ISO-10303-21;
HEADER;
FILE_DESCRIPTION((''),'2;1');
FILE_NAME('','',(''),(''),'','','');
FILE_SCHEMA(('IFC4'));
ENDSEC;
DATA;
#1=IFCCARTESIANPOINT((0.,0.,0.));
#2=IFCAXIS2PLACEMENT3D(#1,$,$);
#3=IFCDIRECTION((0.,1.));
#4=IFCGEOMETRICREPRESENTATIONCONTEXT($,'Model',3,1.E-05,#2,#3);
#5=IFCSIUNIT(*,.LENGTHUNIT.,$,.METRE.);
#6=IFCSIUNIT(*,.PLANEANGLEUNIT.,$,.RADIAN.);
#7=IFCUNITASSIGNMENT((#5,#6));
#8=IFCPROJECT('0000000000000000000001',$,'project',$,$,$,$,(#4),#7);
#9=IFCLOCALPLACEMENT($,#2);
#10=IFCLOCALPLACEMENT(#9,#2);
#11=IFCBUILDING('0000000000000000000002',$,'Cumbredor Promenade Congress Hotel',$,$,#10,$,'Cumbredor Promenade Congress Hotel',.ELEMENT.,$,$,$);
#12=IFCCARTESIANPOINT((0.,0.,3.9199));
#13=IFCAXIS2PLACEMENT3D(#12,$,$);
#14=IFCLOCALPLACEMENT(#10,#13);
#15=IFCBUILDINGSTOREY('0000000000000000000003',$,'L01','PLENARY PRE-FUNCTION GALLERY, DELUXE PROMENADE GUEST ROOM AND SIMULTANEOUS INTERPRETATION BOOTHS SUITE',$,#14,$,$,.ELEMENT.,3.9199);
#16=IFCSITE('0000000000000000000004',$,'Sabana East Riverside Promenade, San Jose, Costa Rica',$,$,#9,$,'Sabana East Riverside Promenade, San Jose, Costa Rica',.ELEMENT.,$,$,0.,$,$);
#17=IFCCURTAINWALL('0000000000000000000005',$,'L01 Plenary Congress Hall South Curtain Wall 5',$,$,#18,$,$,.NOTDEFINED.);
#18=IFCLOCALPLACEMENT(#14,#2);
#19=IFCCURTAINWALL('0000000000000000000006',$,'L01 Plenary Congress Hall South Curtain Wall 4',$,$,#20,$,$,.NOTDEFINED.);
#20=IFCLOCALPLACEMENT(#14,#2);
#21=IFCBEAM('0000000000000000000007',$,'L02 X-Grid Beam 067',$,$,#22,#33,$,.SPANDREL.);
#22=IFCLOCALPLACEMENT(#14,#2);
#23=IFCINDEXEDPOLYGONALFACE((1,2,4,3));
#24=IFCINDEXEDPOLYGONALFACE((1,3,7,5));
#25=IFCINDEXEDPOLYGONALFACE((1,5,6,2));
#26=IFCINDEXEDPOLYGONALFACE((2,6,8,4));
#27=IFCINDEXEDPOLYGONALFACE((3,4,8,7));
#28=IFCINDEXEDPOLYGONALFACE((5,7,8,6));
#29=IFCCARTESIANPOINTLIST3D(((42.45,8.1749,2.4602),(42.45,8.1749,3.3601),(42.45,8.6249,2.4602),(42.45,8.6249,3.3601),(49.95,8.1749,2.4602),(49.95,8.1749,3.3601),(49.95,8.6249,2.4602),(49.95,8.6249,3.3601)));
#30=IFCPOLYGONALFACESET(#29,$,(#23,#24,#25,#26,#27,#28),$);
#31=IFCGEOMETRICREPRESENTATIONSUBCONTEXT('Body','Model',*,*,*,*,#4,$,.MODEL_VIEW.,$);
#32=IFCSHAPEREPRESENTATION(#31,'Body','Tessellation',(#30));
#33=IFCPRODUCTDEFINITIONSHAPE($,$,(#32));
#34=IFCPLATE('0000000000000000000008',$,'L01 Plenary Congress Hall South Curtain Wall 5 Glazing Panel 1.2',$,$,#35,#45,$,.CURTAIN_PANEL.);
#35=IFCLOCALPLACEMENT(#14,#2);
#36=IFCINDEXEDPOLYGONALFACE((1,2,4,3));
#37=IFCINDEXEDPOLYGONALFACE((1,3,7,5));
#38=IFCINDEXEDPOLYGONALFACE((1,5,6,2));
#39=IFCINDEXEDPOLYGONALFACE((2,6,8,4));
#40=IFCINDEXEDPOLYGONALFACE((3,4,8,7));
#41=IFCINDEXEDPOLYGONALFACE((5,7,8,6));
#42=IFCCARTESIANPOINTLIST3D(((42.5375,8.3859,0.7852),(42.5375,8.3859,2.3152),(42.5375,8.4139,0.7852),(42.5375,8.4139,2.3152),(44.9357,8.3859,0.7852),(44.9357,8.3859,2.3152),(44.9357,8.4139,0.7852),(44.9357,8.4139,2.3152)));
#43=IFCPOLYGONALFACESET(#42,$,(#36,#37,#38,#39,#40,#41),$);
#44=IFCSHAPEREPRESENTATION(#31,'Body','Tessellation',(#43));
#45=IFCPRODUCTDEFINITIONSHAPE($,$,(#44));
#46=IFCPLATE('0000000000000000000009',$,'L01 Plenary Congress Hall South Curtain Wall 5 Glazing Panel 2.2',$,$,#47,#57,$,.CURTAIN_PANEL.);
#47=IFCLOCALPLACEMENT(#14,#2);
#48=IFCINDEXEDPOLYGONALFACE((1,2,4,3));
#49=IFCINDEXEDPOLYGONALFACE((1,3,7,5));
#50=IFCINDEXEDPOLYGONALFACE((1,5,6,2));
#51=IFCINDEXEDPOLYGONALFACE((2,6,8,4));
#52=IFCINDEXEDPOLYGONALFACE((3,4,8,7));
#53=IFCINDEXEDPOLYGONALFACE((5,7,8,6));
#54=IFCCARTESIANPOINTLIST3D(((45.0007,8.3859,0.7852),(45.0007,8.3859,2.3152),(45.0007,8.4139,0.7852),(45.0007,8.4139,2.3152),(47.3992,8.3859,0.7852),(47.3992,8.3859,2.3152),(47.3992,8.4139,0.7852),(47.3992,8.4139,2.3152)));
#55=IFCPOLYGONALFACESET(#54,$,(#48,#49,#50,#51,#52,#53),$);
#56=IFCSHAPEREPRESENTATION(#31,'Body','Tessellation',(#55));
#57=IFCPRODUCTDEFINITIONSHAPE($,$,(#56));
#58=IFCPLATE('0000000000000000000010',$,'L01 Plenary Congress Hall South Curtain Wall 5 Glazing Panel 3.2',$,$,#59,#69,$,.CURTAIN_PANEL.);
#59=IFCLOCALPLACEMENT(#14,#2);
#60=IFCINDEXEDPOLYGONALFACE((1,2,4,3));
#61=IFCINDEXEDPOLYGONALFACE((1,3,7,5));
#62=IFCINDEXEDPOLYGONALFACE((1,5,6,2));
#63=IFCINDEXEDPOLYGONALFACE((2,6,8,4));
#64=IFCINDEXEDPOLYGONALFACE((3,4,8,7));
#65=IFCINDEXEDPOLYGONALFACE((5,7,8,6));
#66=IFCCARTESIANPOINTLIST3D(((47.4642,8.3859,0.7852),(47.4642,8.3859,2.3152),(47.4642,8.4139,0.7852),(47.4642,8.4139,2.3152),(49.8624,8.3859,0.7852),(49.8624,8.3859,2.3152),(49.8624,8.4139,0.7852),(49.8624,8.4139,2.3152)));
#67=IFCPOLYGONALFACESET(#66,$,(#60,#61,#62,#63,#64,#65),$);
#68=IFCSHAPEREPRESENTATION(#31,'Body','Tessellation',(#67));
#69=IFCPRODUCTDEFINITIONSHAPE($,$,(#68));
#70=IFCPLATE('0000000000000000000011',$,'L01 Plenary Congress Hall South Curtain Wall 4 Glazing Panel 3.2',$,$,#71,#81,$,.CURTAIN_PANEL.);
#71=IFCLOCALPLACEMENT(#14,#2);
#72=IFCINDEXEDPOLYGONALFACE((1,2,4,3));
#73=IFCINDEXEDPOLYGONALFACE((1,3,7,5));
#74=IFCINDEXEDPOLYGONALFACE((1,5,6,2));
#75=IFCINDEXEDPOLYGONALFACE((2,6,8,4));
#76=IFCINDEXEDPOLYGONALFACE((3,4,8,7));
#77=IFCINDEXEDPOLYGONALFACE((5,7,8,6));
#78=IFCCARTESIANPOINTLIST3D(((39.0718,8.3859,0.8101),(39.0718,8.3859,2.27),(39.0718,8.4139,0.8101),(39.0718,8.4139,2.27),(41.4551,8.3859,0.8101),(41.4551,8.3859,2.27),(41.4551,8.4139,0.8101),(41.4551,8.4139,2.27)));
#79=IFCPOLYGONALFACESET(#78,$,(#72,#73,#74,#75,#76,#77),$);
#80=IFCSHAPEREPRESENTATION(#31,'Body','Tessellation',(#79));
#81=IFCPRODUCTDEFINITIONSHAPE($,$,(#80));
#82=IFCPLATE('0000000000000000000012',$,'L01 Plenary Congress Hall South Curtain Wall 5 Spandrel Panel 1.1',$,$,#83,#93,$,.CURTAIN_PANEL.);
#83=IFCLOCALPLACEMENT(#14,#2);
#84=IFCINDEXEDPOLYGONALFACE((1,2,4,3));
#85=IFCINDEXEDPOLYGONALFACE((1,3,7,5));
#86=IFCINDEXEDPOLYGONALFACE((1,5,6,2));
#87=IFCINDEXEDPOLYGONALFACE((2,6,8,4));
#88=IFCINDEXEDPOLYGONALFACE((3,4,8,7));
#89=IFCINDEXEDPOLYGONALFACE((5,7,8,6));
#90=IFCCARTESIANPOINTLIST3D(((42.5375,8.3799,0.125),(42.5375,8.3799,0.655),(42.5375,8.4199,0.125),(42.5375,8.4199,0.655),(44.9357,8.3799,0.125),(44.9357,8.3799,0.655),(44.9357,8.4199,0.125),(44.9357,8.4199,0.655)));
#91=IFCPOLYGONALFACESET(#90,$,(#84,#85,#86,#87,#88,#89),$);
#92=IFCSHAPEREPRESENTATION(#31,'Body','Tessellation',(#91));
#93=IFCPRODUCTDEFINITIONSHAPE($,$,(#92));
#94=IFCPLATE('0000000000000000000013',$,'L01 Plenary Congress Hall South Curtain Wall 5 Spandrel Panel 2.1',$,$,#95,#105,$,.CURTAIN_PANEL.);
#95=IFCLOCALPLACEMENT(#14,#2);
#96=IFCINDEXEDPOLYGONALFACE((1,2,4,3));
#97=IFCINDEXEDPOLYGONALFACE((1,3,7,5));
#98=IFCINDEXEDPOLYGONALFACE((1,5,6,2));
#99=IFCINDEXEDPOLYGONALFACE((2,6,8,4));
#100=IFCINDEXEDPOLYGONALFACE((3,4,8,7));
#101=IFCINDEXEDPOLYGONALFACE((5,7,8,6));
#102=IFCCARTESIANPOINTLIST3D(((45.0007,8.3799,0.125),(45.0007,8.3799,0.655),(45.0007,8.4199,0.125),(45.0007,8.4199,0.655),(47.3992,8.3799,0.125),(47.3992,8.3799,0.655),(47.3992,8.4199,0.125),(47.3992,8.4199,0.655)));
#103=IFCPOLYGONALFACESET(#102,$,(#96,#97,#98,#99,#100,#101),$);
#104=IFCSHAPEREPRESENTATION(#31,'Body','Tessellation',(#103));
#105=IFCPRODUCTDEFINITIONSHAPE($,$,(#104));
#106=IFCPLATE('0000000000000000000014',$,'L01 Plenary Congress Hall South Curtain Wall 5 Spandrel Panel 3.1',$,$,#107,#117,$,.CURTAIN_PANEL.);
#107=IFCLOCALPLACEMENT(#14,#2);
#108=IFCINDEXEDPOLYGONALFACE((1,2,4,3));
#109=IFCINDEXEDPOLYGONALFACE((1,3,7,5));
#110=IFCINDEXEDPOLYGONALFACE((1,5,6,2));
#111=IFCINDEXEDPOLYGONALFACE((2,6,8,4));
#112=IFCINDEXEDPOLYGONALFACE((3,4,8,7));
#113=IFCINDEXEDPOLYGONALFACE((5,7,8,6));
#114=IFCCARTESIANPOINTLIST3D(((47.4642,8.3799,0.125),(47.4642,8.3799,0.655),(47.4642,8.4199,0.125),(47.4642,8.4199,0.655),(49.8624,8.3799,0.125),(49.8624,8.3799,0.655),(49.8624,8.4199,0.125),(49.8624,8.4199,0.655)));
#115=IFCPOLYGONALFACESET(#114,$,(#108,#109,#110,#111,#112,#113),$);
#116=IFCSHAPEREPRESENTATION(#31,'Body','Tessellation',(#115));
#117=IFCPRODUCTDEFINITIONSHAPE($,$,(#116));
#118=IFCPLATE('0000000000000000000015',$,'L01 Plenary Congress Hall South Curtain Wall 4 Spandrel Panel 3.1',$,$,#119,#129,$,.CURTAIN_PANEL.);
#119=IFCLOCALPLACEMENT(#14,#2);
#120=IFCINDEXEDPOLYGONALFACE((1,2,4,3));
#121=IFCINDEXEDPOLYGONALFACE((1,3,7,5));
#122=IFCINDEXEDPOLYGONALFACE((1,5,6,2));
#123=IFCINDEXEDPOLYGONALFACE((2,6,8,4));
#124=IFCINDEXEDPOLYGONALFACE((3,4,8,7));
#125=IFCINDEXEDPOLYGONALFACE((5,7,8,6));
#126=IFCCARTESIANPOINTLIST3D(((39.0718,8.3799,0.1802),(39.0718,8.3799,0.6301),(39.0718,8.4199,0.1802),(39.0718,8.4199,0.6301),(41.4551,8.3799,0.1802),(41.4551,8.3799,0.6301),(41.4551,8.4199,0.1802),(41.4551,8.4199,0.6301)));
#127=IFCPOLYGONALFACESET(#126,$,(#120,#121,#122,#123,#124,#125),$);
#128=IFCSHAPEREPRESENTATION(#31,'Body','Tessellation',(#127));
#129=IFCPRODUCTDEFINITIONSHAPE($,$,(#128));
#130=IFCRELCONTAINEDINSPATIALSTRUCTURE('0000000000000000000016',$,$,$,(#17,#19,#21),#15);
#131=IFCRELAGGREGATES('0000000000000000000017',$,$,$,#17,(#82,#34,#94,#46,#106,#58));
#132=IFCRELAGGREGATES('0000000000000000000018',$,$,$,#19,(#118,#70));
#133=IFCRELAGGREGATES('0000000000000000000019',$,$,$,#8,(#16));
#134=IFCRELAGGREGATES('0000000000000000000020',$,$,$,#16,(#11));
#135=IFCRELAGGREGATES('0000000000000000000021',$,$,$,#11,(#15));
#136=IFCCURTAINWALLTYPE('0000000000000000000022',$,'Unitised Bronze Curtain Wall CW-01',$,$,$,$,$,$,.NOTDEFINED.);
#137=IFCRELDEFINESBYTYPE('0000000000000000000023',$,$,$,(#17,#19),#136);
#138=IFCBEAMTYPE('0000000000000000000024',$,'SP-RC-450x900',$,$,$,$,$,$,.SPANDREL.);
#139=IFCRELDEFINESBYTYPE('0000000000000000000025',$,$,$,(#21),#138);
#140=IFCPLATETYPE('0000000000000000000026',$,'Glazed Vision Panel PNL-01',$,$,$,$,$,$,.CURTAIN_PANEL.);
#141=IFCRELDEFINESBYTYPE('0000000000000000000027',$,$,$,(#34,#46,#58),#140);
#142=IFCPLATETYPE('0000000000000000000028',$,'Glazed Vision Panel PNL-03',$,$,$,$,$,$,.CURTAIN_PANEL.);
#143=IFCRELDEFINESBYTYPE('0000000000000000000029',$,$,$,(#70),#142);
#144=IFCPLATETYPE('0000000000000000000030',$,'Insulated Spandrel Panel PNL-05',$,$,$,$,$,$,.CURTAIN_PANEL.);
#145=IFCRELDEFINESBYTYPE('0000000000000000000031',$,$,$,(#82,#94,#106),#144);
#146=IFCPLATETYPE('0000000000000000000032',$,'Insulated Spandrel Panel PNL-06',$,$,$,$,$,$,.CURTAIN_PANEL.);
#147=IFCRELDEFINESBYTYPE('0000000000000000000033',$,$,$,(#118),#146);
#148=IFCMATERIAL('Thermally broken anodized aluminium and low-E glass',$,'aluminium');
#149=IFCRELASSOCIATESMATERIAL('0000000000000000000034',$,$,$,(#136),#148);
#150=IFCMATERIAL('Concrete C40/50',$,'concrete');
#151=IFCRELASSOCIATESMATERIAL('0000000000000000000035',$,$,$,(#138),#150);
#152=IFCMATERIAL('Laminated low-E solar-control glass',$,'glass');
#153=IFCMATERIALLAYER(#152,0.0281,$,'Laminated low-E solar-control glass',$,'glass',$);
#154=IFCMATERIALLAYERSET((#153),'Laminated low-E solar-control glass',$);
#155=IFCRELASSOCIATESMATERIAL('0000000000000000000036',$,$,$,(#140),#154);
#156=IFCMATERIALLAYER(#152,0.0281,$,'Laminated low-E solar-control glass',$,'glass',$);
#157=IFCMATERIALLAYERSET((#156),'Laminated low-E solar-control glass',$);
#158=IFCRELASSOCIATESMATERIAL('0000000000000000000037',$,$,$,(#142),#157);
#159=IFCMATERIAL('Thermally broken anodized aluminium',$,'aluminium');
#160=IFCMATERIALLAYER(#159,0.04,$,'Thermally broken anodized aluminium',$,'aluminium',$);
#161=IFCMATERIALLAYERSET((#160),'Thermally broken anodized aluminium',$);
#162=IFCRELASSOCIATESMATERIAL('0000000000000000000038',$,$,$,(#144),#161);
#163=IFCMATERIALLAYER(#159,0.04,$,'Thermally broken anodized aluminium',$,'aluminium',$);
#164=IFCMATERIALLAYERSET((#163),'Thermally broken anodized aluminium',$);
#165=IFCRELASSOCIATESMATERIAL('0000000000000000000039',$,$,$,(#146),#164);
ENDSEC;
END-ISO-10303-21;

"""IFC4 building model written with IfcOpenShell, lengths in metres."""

from ifc_helpers import new_model, si_unit, direction, frame, origin, origin_2d, place, context, subcontext, project, spatial, rectangle, extrude, material, layer, layer_set, material_profile, profile_set, type_object, element, aggregate, save


model = new_model("IFC4")

# Units and contexts
model_context = context("Model", 3, precision=1e-05, world=origin(), true_north=direction((0.0, 1.0)))
body_context = subcontext(model_context, "Body", "Model", "MODEL_VIEW")
ifc_project = project(units=[si_unit("LENGTHUNIT", "METRE"), si_unit("PLANEANGLEUNIT", "RADIAN")], contexts=[model_context])

# Site, building, storey
site_placement = place(None, origin())
site = spatial("IfcSite", under=ifc_project, at=site_placement, Name="Sabana East Riverside Promenade, San Jose, Costa Rica", LongName="Sabana East Riverside Promenade, San Jose, Costa Rica", CompositionType="ELEMENT", RefElevation=0.0)
building_placement = place(site_placement, origin())
building = spatial("IfcBuilding", under=site, at=building_placement, Name="Cumbredor Promenade Congress Hotel", LongName="Cumbredor Promenade Congress Hotel", CompositionType="ELEMENT")
storey_placement = place(building_placement, frame((0.0, 0.0, 3.9199)))
storey = spatial("IfcBuildingStorey", under=building, at=storey_placement, Name="L01", Description="PLENARY PRE-FUNCTION GALLERY, DELUXE PROMENADE GUEST ROOM AND SIMULTANEOUS INTERPRETATION BOOTHS SUITE", CompositionType="ELEMENT", Elevation=3.9199)

# Curtain wall
ifc_material_1 = material(Name="Thermally broken anodized aluminium and low-E glass", Category="aluminium")
curtain_wall_type = type_object("IfcCurtainWallType", Name="Unitised Bronze Curtain Wall CW-01", PredefinedType="NOTDEFINED", material=ifc_material_1)
curtain_wall_1_placement = place(storey_placement, origin())
curtain_wall_1 = element("IfcCurtainWall", 1, at=curtain_wall_1_placement, inside=storey, type_object=curtain_wall_type, Name="L01 Plenary Congress Hall South Curtain Wall 5", PredefinedType="NOTDEFINED")
ifc_material_2 = material(Name="Thermally broken anodized aluminium", Category="aluminium")

# Curtain wall
curtain_wall_2_placement = place(storey_placement, origin())
curtain_wall_2 = element("IfcCurtainWall", 2, at=curtain_wall_2_placement, inside=storey, type_object=curtain_wall_type, Name="L01 Plenary Congress Hall South Curtain Wall 4", PredefinedType="NOTDEFINED")

# Beam
ifc_material_3 = material(Name="Concrete C40/50", Category="concrete")
ifc_material_profile_1 = material_profile(ifc_material_3, rectangle(XDim=0.45, YDim=0.8999, at=origin_2d()), Name="RC SPANDREL 450x900")
ifc_profile_set_1 = profile_set([ifc_material_profile_1], Name="Concrete C40/50")
beam_type = type_object("IfcBeamType", Name="SP-RC-450x900", PredefinedType="SPANDREL", material=ifc_profile_set_1)
beam_placement = place(storey_placement, frame((42.45, 8.3999, 2.9102), z_axis=(1.0, 0.0, 0.0), x_axis=(0.0, 1.0, 0.0)))
element("IfcBeam", 3, at=beam_placement, inside=storey, type_object=beam_type, Name="L02 X-Grid Beam 067", PredefinedType="SPANDREL", context=body_context, shape_type="SweptSolid", body=[
    extrude(rectangle(XDim=0.45, YDim=0.8999, at=origin_2d()), origin(), (0.0, 0.0, 1.0), 7.5),
])

# Plates
ifc_material_4 = material(Name="Laminated low-E solar-control glass", Category="glass")
ifc_layer_1 = layer(ifc_material_4, 0.0281, Name="Laminated low-E solar-control glass", Category="glass")
ifc_layer_set_1 = layer_set([ifc_layer_1], Name="Laminated low-E solar-control glass")
plate_type_1 = type_object("IfcPlateType", Name="Glazed Vision Panel PNL-01", PredefinedType="CURTAIN_PANEL", material=ifc_layer_set_1)
plate_1_placement = place(storey_placement, frame((43.7366, 8.3999, 0.7852), z_axis=(0.0, 0.0, 1.0), x_axis=(1.0, 0.0, 0.0)))
plate_1 = element("IfcPlate", 4, at=plate_1_placement, type_object=plate_type_1, Name="L01 Plenary Congress Hall South Curtain Wall 5 Glazing Panel 1.2", PredefinedType="CURTAIN_PANEL", context=body_context, shape_type="SweptSolid", body=[
    extrude(rectangle(XDim=2.3982, YDim=0.0281, at=origin_2d()), origin(), (0.0, 0.0, 1.0), 1.53),
])
plate_2_placement = place(storey_placement, frame((46.2, 8.3999, 0.7852), z_axis=(0.0, 0.0, 1.0), x_axis=(1.0, 0.0, 0.0)))
plate_2 = element("IfcPlate", 5, at=plate_2_placement, type_object=plate_type_1, Name="L01 Plenary Congress Hall South Curtain Wall 5 Glazing Panel 2.2", PredefinedType="CURTAIN_PANEL", context=body_context, shape_type="SweptSolid", body=[
    extrude(rectangle(XDim=2.3984, YDim=0.0281, at=origin_2d()), origin(), (0.0, 0.0, 1.0), 1.53),
])
plate_3_placement = place(storey_placement, frame((48.6633, 8.3999, 0.7852), z_axis=(0.0, 0.0, 1.0), x_axis=(1.0, 0.0, 0.0)))
plate_3 = element("IfcPlate", 6, at=plate_3_placement, type_object=plate_type_1, Name="L01 Plenary Congress Hall South Curtain Wall 5 Glazing Panel 3.2", PredefinedType="CURTAIN_PANEL", context=body_context, shape_type="SweptSolid", body=[
    extrude(rectangle(XDim=2.3982, YDim=0.0281, at=origin_2d()), origin(), (0.0, 0.0, 1.0), 1.53),
])
ifc_layer_2 = layer(ifc_material_4, 0.0281, Name="Laminated low-E solar-control glass", Category="glass")
ifc_layer_set_2 = layer_set([ifc_layer_2], Name="Laminated low-E solar-control glass")
plate_type_2 = type_object("IfcPlateType", Name="Glazed Vision Panel PNL-03", PredefinedType="CURTAIN_PANEL", material=ifc_layer_set_2)
plate_4_placement = place(storey_placement, frame((40.2634, 8.3999, 0.8101), z_axis=(0.0, 0.0, 1.0), x_axis=(1.0, 0.0, 0.0)))
plate_4 = element("IfcPlate", 7, at=plate_4_placement, type_object=plate_type_2, Name="L01 Plenary Congress Hall South Curtain Wall 4 Glazing Panel 3.2", PredefinedType="CURTAIN_PANEL", context=body_context, shape_type="SweptSolid", body=[
    extrude(rectangle(XDim=2.3833, YDim=0.0281, at=origin_2d()), origin(), (0.0, 0.0, 1.0), 1.46),
])
ifc_layer_3 = layer(ifc_material_2, 0.04, Name="Thermally broken anodized aluminium", Category="aluminium")
ifc_layer_set_3 = layer_set([ifc_layer_3], Name="Thermally broken anodized aluminium")
plate_type_3 = type_object("IfcPlateType", Name="Insulated Spandrel Panel PNL-05", PredefinedType="CURTAIN_PANEL", material=ifc_layer_set_3)
plate_5_placement = place(storey_placement, frame((43.7366, 8.3999, 0.125), z_axis=(0.0, 0.0, 1.0), x_axis=(1.0, 0.0, 0.0)))
plate_5 = element("IfcPlate", 8, at=plate_5_placement, type_object=plate_type_3, Name="L01 Plenary Congress Hall South Curtain Wall 5 Spandrel Panel 1.1", PredefinedType="CURTAIN_PANEL", context=body_context, shape_type="SweptSolid", body=[
    extrude(rectangle(XDim=2.3982, YDim=0.04, at=origin_2d()), origin(), (0.0, 0.0, 1.0), 0.53),
])
plate_6_placement = place(storey_placement, frame((46.2, 8.3999, 0.125), z_axis=(0.0, 0.0, 1.0), x_axis=(1.0, 0.0, 0.0)))
plate_6 = element("IfcPlate", 9, at=plate_6_placement, type_object=plate_type_3, Name="L01 Plenary Congress Hall South Curtain Wall 5 Spandrel Panel 2.1", PredefinedType="CURTAIN_PANEL", context=body_context, shape_type="SweptSolid", body=[
    extrude(rectangle(XDim=2.3984, YDim=0.04, at=origin_2d()), origin(), (0.0, 0.0, 1.0), 0.53),
])
plate_7_placement = place(storey_placement, frame((48.6633, 8.3999, 0.125), z_axis=(0.0, 0.0, 1.0), x_axis=(1.0, 0.0, 0.0)))
plate_7 = element("IfcPlate", 10, at=plate_7_placement, type_object=plate_type_3, Name="L01 Plenary Congress Hall South Curtain Wall 5 Spandrel Panel 3.1", PredefinedType="CURTAIN_PANEL", context=body_context, shape_type="SweptSolid", body=[
    extrude(rectangle(XDim=2.3982, YDim=0.04, at=origin_2d()), origin(), (0.0, 0.0, 1.0), 0.53),
])
aggregate(curtain_wall_1, [plate_5, plate_1, plate_6, plate_2, plate_7, plate_3])
ifc_layer_4 = layer(ifc_material_2, 0.04, Name="Thermally broken anodized aluminium", Category="aluminium")
ifc_layer_set_4 = layer_set([ifc_layer_4], Name="Thermally broken anodized aluminium")
plate_type_4 = type_object("IfcPlateType", Name="Insulated Spandrel Panel PNL-06", PredefinedType="CURTAIN_PANEL", material=ifc_layer_set_4)
plate_8_placement = place(storey_placement, frame((40.2634, 8.3999, 0.1802), z_axis=(0.0, 0.0, 1.0), x_axis=(1.0, 0.0, 0.0)))
plate_8 = element("IfcPlate", 11, at=plate_8_placement, type_object=plate_type_4, Name="L01 Plenary Congress Hall South Curtain Wall 4 Spandrel Panel 3.1", PredefinedType="CURTAIN_PANEL", context=body_context, shape_type="SweptSolid", body=[
    extrude(rectangle(XDim=2.3833, YDim=0.04, at=origin_2d()), origin(), (0.0, 0.0, 1.0), 0.45),
])
aggregate(curtain_wall_2, [plate_8, plate_4])

save(model, "model.ifc")
